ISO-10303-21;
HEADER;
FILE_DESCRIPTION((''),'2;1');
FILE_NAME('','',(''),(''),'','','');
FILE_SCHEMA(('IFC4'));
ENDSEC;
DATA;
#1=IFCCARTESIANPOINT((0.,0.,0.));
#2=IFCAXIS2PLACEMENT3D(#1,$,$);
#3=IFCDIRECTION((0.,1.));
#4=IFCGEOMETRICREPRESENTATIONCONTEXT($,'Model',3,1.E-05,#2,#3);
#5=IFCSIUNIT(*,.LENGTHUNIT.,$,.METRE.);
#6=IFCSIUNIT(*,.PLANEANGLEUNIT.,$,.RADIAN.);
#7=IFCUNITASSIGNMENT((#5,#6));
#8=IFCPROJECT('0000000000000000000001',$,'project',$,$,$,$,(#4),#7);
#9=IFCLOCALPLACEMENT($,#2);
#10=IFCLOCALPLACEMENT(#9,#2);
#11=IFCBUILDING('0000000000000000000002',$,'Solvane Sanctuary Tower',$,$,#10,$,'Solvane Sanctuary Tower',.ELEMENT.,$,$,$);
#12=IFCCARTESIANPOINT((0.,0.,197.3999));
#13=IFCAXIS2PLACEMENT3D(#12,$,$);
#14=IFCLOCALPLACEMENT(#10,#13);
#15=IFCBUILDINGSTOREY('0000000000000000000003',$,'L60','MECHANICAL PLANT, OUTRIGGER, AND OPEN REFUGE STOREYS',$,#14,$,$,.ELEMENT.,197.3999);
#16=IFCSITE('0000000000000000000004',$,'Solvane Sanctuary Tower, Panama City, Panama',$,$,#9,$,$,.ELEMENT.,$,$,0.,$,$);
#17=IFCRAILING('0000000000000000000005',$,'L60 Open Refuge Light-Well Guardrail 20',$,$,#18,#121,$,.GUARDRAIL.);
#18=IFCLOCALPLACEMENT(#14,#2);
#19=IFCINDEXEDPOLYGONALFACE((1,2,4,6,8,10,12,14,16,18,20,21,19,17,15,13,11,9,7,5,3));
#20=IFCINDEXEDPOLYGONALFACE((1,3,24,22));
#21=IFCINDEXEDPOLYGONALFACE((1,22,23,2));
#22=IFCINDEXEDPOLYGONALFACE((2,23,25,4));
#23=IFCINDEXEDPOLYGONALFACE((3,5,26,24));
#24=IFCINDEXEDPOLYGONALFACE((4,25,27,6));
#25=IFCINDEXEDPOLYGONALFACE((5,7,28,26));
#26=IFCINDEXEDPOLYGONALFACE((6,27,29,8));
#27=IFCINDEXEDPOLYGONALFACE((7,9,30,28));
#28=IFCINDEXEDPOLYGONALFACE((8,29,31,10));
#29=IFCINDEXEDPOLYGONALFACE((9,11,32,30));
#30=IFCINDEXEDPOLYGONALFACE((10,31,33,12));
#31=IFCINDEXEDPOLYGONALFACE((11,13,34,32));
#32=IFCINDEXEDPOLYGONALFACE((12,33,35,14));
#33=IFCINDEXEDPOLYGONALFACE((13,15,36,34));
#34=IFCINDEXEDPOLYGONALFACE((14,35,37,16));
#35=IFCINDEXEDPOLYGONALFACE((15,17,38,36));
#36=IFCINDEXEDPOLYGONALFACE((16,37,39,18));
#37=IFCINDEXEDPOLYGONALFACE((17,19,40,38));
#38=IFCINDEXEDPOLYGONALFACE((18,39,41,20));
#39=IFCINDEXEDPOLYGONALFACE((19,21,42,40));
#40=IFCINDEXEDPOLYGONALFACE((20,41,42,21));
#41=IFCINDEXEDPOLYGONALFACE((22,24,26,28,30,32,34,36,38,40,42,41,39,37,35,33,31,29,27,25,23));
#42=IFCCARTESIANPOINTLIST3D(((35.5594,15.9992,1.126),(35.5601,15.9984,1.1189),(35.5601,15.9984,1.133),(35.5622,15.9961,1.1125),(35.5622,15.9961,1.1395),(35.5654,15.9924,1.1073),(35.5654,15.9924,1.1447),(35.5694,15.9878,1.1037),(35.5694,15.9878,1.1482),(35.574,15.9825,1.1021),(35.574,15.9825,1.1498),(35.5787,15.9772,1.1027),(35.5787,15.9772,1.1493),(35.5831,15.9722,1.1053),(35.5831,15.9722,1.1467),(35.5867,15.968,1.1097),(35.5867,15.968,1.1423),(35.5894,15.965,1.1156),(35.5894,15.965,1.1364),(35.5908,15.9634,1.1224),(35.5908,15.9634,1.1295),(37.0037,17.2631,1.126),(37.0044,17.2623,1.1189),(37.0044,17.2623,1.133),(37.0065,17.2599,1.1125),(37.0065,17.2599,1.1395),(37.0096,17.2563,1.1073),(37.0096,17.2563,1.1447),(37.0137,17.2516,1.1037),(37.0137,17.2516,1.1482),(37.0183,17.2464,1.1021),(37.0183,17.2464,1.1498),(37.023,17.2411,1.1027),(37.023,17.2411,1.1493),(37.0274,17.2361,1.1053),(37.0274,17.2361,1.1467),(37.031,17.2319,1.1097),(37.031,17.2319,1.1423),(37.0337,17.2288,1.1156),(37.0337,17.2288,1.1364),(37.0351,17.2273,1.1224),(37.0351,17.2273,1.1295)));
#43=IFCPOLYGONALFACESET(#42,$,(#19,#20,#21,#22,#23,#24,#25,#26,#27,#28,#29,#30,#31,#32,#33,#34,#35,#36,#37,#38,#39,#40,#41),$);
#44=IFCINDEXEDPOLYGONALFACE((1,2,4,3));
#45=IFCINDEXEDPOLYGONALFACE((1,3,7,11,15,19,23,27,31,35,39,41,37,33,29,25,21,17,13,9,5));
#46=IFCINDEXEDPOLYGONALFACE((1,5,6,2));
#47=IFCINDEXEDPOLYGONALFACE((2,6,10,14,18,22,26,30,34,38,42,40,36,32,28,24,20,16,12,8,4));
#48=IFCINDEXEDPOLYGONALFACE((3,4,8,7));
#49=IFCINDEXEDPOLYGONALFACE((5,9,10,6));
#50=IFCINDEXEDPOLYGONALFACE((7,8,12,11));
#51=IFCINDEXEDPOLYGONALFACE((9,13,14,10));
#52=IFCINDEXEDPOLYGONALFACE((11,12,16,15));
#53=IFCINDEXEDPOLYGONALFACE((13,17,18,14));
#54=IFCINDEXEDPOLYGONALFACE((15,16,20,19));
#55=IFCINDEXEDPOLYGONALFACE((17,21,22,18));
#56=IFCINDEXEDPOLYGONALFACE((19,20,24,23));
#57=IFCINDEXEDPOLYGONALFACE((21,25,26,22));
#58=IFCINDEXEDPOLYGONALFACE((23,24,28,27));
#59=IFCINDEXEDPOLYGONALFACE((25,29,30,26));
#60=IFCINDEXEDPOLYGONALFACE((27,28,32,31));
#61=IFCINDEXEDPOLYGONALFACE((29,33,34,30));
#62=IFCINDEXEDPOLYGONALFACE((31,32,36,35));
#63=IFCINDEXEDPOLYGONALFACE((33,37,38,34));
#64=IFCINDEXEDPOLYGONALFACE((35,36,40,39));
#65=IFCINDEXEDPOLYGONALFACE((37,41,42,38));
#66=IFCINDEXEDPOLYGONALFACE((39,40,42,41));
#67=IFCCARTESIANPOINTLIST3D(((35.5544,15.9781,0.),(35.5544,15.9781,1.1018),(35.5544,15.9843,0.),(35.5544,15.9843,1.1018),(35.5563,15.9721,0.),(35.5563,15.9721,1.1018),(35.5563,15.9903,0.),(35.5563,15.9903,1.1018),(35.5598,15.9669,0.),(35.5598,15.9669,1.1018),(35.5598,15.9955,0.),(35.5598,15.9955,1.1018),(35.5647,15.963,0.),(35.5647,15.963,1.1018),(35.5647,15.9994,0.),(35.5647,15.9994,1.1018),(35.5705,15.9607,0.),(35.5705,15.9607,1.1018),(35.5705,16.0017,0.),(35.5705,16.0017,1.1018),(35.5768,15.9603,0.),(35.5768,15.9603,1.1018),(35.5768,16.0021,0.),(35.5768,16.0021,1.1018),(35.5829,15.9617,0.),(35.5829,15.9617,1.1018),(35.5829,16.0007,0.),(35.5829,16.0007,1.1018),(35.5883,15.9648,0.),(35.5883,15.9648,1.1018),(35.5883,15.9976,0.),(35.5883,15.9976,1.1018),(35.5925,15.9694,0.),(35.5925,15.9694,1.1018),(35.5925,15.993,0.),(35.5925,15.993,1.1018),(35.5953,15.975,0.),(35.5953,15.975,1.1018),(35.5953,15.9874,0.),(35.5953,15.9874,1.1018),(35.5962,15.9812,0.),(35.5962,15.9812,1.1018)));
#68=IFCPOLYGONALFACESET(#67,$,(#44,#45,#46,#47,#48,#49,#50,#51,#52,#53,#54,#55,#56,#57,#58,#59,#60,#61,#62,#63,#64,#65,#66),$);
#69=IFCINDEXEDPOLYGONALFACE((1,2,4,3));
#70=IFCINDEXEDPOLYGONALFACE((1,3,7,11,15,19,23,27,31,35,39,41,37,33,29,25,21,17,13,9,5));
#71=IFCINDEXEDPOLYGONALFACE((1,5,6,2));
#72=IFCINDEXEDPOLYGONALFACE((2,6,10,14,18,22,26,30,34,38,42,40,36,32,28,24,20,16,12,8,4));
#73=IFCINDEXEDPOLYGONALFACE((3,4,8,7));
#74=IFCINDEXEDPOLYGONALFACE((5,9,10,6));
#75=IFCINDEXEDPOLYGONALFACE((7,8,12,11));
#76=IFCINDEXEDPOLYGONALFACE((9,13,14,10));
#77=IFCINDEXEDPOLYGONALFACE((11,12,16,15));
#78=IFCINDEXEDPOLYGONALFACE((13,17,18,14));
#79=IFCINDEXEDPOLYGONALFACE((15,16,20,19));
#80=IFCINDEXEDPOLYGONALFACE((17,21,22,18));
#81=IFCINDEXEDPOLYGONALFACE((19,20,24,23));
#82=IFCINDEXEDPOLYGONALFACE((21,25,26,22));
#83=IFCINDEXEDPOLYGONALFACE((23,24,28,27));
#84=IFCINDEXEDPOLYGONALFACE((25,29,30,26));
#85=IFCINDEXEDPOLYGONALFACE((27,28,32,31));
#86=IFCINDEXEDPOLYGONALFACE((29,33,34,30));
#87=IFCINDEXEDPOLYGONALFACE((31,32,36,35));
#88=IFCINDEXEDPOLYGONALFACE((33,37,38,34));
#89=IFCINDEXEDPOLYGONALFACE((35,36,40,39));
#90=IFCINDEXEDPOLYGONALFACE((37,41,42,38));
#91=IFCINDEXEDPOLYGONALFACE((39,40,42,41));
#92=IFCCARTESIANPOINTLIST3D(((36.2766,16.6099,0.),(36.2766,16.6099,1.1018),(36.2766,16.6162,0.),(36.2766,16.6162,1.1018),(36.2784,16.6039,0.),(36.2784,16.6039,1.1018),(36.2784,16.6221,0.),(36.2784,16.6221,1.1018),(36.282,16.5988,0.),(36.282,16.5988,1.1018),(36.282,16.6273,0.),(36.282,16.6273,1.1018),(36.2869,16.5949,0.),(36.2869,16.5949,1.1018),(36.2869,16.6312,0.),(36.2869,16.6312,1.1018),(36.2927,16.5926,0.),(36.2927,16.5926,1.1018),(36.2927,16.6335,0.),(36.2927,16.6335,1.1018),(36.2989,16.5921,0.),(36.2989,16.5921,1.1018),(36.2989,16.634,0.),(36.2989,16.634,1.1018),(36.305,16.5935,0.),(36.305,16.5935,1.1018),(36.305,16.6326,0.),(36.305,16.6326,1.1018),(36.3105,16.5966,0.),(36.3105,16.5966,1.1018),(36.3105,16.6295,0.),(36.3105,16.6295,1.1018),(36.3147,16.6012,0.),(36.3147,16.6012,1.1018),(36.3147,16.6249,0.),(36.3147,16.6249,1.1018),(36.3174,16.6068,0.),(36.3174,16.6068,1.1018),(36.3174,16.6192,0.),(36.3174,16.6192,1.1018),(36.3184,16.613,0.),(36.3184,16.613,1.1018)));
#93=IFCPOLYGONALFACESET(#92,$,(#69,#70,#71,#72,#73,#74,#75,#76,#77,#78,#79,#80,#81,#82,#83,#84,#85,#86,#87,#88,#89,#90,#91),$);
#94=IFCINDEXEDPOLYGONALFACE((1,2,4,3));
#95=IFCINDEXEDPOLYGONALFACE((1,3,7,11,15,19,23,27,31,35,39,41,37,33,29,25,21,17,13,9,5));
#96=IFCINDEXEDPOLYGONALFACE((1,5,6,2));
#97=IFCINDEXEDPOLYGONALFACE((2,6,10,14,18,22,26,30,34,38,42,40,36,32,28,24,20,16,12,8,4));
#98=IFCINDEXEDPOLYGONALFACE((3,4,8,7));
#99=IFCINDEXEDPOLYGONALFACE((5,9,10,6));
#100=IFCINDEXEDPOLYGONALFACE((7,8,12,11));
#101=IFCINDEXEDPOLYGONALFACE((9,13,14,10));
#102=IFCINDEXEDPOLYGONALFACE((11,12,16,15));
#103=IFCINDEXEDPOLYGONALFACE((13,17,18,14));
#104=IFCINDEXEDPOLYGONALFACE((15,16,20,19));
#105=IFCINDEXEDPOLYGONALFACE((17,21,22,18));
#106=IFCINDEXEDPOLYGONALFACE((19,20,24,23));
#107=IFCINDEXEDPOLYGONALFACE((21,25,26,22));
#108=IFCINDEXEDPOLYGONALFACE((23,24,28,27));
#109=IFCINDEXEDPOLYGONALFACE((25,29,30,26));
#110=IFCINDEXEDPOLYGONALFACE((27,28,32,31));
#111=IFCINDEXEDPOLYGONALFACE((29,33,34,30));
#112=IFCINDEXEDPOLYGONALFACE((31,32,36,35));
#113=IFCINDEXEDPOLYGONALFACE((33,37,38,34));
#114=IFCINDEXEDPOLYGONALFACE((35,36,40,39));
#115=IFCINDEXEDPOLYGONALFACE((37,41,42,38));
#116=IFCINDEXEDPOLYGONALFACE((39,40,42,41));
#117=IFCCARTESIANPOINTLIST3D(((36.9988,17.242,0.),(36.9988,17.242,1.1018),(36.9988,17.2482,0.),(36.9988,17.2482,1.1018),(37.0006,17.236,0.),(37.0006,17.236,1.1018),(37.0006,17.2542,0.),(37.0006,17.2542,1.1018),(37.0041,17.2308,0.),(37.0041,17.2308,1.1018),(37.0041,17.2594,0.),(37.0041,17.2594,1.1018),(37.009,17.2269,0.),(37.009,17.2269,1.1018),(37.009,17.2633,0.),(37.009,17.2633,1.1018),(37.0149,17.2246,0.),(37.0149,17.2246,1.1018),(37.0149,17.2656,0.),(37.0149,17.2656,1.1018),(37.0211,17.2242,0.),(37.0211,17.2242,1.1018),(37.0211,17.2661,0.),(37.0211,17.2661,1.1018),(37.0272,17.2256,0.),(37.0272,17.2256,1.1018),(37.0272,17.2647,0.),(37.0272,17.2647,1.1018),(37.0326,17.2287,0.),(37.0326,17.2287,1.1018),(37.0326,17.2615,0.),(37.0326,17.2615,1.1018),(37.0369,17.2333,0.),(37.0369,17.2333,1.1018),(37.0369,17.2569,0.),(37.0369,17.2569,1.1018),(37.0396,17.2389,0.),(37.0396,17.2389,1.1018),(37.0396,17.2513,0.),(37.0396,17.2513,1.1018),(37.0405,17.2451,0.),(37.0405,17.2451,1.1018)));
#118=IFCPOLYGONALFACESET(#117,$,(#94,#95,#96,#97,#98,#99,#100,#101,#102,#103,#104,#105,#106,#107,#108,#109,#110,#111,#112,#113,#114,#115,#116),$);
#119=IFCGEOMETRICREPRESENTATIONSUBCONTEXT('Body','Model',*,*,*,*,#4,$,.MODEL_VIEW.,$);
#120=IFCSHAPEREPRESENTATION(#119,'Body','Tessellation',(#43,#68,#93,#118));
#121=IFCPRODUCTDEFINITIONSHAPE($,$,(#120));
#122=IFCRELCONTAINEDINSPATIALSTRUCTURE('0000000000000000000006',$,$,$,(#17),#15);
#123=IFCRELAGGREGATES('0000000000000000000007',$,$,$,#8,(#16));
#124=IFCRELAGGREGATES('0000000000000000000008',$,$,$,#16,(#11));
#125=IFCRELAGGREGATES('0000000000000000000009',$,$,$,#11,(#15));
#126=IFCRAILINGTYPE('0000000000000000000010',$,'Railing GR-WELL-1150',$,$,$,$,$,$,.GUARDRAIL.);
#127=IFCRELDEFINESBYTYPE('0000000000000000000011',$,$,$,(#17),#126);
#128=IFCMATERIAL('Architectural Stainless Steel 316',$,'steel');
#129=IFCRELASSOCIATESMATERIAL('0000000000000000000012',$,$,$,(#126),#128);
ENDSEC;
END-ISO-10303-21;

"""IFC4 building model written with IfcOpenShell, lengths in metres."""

from ifc_helpers import new_model, si_unit, direction, frame, origin, origin_2d, place, context, subcontext, project, spatial, circle, extrude, material, type_object, element, save


model = new_model("IFC4")

# Units and contexts
model_context = context("Model", 3, precision=1e-05, world=origin(), true_north=direction((0.0, 1.0)))
body_context = subcontext(model_context, "Body", "Model", "MODEL_VIEW")
ifc_project = project(units=[si_unit("LENGTHUNIT", "METRE"), si_unit("PLANEANGLEUNIT", "RADIAN")], contexts=[model_context])

# Site, building, storey
site_placement = place(None, origin())
site = spatial("IfcSite", under=ifc_project, at=site_placement, Name="Solvane Sanctuary Tower, Panama City, Panama", CompositionType="ELEMENT", RefElevation=0.0)
building_placement = place(site_placement, origin())
building = spatial("IfcBuilding", under=site, at=building_placement, Name="Solvane Sanctuary Tower", LongName="Solvane Sanctuary Tower", CompositionType="ELEMENT")
storey_placement = place(building_placement, frame((0.0, 0.0, 197.3999)))
storey = spatial("IfcBuildingStorey", under=building, at=storey_placement, Name="L60", Description="MECHANICAL PLANT, OUTRIGGER, AND OPEN REFUGE STOREYS", CompositionType="ELEMENT", Elevation=197.3999)

# Shared definitions
ifc_material_1 = material(Name="Architectural Stainless Steel 316", Category="steel")

# Railing
railing_type_1 = type_object("IfcRailingType", Name="Railing GR-WELL-1150", PredefinedType="GUARDRAIL", material=ifc_material_1)
railing_1_placement = place(storey_placement, frame((35.5752, 15.9812, 0.0)))
element("IfcRailing", 1, at=railing_1_placement, inside=storey, type_object=railing_type_1, Name="L60 Open Refuge Light-Well Guardrail 20", PredefinedType="GUARDRAIL", context=body_context, shape_type="SweptSolid", body=[
    extrude(circle(Radius=0.0239, at=origin_2d()), frame((0.0, 0.0, 1.126), z_axis=(0.752545, 0.658541, 0.0), x_axis=(-0.658541, 0.752545, 0.0)), (0.0, 0.0, 1.0), 1.9192),
    extrude(circle(Radius=0.021, at=origin_2d()), origin(), (0.0, 0.0, 1.0), 1.1018),
    extrude(circle(Radius=0.021, at=origin_2d()), frame((0.7222, 0.6318, 0.0)), (0.0, 0.0, 1.0), 1.1018),
    extrude(circle(Radius=0.021, at=origin_2d()), frame((1.4443, 1.2639, 0.0)), (0.0, 0.0, 1.0), 1.1018),
])

save(model, "model.ifc")
